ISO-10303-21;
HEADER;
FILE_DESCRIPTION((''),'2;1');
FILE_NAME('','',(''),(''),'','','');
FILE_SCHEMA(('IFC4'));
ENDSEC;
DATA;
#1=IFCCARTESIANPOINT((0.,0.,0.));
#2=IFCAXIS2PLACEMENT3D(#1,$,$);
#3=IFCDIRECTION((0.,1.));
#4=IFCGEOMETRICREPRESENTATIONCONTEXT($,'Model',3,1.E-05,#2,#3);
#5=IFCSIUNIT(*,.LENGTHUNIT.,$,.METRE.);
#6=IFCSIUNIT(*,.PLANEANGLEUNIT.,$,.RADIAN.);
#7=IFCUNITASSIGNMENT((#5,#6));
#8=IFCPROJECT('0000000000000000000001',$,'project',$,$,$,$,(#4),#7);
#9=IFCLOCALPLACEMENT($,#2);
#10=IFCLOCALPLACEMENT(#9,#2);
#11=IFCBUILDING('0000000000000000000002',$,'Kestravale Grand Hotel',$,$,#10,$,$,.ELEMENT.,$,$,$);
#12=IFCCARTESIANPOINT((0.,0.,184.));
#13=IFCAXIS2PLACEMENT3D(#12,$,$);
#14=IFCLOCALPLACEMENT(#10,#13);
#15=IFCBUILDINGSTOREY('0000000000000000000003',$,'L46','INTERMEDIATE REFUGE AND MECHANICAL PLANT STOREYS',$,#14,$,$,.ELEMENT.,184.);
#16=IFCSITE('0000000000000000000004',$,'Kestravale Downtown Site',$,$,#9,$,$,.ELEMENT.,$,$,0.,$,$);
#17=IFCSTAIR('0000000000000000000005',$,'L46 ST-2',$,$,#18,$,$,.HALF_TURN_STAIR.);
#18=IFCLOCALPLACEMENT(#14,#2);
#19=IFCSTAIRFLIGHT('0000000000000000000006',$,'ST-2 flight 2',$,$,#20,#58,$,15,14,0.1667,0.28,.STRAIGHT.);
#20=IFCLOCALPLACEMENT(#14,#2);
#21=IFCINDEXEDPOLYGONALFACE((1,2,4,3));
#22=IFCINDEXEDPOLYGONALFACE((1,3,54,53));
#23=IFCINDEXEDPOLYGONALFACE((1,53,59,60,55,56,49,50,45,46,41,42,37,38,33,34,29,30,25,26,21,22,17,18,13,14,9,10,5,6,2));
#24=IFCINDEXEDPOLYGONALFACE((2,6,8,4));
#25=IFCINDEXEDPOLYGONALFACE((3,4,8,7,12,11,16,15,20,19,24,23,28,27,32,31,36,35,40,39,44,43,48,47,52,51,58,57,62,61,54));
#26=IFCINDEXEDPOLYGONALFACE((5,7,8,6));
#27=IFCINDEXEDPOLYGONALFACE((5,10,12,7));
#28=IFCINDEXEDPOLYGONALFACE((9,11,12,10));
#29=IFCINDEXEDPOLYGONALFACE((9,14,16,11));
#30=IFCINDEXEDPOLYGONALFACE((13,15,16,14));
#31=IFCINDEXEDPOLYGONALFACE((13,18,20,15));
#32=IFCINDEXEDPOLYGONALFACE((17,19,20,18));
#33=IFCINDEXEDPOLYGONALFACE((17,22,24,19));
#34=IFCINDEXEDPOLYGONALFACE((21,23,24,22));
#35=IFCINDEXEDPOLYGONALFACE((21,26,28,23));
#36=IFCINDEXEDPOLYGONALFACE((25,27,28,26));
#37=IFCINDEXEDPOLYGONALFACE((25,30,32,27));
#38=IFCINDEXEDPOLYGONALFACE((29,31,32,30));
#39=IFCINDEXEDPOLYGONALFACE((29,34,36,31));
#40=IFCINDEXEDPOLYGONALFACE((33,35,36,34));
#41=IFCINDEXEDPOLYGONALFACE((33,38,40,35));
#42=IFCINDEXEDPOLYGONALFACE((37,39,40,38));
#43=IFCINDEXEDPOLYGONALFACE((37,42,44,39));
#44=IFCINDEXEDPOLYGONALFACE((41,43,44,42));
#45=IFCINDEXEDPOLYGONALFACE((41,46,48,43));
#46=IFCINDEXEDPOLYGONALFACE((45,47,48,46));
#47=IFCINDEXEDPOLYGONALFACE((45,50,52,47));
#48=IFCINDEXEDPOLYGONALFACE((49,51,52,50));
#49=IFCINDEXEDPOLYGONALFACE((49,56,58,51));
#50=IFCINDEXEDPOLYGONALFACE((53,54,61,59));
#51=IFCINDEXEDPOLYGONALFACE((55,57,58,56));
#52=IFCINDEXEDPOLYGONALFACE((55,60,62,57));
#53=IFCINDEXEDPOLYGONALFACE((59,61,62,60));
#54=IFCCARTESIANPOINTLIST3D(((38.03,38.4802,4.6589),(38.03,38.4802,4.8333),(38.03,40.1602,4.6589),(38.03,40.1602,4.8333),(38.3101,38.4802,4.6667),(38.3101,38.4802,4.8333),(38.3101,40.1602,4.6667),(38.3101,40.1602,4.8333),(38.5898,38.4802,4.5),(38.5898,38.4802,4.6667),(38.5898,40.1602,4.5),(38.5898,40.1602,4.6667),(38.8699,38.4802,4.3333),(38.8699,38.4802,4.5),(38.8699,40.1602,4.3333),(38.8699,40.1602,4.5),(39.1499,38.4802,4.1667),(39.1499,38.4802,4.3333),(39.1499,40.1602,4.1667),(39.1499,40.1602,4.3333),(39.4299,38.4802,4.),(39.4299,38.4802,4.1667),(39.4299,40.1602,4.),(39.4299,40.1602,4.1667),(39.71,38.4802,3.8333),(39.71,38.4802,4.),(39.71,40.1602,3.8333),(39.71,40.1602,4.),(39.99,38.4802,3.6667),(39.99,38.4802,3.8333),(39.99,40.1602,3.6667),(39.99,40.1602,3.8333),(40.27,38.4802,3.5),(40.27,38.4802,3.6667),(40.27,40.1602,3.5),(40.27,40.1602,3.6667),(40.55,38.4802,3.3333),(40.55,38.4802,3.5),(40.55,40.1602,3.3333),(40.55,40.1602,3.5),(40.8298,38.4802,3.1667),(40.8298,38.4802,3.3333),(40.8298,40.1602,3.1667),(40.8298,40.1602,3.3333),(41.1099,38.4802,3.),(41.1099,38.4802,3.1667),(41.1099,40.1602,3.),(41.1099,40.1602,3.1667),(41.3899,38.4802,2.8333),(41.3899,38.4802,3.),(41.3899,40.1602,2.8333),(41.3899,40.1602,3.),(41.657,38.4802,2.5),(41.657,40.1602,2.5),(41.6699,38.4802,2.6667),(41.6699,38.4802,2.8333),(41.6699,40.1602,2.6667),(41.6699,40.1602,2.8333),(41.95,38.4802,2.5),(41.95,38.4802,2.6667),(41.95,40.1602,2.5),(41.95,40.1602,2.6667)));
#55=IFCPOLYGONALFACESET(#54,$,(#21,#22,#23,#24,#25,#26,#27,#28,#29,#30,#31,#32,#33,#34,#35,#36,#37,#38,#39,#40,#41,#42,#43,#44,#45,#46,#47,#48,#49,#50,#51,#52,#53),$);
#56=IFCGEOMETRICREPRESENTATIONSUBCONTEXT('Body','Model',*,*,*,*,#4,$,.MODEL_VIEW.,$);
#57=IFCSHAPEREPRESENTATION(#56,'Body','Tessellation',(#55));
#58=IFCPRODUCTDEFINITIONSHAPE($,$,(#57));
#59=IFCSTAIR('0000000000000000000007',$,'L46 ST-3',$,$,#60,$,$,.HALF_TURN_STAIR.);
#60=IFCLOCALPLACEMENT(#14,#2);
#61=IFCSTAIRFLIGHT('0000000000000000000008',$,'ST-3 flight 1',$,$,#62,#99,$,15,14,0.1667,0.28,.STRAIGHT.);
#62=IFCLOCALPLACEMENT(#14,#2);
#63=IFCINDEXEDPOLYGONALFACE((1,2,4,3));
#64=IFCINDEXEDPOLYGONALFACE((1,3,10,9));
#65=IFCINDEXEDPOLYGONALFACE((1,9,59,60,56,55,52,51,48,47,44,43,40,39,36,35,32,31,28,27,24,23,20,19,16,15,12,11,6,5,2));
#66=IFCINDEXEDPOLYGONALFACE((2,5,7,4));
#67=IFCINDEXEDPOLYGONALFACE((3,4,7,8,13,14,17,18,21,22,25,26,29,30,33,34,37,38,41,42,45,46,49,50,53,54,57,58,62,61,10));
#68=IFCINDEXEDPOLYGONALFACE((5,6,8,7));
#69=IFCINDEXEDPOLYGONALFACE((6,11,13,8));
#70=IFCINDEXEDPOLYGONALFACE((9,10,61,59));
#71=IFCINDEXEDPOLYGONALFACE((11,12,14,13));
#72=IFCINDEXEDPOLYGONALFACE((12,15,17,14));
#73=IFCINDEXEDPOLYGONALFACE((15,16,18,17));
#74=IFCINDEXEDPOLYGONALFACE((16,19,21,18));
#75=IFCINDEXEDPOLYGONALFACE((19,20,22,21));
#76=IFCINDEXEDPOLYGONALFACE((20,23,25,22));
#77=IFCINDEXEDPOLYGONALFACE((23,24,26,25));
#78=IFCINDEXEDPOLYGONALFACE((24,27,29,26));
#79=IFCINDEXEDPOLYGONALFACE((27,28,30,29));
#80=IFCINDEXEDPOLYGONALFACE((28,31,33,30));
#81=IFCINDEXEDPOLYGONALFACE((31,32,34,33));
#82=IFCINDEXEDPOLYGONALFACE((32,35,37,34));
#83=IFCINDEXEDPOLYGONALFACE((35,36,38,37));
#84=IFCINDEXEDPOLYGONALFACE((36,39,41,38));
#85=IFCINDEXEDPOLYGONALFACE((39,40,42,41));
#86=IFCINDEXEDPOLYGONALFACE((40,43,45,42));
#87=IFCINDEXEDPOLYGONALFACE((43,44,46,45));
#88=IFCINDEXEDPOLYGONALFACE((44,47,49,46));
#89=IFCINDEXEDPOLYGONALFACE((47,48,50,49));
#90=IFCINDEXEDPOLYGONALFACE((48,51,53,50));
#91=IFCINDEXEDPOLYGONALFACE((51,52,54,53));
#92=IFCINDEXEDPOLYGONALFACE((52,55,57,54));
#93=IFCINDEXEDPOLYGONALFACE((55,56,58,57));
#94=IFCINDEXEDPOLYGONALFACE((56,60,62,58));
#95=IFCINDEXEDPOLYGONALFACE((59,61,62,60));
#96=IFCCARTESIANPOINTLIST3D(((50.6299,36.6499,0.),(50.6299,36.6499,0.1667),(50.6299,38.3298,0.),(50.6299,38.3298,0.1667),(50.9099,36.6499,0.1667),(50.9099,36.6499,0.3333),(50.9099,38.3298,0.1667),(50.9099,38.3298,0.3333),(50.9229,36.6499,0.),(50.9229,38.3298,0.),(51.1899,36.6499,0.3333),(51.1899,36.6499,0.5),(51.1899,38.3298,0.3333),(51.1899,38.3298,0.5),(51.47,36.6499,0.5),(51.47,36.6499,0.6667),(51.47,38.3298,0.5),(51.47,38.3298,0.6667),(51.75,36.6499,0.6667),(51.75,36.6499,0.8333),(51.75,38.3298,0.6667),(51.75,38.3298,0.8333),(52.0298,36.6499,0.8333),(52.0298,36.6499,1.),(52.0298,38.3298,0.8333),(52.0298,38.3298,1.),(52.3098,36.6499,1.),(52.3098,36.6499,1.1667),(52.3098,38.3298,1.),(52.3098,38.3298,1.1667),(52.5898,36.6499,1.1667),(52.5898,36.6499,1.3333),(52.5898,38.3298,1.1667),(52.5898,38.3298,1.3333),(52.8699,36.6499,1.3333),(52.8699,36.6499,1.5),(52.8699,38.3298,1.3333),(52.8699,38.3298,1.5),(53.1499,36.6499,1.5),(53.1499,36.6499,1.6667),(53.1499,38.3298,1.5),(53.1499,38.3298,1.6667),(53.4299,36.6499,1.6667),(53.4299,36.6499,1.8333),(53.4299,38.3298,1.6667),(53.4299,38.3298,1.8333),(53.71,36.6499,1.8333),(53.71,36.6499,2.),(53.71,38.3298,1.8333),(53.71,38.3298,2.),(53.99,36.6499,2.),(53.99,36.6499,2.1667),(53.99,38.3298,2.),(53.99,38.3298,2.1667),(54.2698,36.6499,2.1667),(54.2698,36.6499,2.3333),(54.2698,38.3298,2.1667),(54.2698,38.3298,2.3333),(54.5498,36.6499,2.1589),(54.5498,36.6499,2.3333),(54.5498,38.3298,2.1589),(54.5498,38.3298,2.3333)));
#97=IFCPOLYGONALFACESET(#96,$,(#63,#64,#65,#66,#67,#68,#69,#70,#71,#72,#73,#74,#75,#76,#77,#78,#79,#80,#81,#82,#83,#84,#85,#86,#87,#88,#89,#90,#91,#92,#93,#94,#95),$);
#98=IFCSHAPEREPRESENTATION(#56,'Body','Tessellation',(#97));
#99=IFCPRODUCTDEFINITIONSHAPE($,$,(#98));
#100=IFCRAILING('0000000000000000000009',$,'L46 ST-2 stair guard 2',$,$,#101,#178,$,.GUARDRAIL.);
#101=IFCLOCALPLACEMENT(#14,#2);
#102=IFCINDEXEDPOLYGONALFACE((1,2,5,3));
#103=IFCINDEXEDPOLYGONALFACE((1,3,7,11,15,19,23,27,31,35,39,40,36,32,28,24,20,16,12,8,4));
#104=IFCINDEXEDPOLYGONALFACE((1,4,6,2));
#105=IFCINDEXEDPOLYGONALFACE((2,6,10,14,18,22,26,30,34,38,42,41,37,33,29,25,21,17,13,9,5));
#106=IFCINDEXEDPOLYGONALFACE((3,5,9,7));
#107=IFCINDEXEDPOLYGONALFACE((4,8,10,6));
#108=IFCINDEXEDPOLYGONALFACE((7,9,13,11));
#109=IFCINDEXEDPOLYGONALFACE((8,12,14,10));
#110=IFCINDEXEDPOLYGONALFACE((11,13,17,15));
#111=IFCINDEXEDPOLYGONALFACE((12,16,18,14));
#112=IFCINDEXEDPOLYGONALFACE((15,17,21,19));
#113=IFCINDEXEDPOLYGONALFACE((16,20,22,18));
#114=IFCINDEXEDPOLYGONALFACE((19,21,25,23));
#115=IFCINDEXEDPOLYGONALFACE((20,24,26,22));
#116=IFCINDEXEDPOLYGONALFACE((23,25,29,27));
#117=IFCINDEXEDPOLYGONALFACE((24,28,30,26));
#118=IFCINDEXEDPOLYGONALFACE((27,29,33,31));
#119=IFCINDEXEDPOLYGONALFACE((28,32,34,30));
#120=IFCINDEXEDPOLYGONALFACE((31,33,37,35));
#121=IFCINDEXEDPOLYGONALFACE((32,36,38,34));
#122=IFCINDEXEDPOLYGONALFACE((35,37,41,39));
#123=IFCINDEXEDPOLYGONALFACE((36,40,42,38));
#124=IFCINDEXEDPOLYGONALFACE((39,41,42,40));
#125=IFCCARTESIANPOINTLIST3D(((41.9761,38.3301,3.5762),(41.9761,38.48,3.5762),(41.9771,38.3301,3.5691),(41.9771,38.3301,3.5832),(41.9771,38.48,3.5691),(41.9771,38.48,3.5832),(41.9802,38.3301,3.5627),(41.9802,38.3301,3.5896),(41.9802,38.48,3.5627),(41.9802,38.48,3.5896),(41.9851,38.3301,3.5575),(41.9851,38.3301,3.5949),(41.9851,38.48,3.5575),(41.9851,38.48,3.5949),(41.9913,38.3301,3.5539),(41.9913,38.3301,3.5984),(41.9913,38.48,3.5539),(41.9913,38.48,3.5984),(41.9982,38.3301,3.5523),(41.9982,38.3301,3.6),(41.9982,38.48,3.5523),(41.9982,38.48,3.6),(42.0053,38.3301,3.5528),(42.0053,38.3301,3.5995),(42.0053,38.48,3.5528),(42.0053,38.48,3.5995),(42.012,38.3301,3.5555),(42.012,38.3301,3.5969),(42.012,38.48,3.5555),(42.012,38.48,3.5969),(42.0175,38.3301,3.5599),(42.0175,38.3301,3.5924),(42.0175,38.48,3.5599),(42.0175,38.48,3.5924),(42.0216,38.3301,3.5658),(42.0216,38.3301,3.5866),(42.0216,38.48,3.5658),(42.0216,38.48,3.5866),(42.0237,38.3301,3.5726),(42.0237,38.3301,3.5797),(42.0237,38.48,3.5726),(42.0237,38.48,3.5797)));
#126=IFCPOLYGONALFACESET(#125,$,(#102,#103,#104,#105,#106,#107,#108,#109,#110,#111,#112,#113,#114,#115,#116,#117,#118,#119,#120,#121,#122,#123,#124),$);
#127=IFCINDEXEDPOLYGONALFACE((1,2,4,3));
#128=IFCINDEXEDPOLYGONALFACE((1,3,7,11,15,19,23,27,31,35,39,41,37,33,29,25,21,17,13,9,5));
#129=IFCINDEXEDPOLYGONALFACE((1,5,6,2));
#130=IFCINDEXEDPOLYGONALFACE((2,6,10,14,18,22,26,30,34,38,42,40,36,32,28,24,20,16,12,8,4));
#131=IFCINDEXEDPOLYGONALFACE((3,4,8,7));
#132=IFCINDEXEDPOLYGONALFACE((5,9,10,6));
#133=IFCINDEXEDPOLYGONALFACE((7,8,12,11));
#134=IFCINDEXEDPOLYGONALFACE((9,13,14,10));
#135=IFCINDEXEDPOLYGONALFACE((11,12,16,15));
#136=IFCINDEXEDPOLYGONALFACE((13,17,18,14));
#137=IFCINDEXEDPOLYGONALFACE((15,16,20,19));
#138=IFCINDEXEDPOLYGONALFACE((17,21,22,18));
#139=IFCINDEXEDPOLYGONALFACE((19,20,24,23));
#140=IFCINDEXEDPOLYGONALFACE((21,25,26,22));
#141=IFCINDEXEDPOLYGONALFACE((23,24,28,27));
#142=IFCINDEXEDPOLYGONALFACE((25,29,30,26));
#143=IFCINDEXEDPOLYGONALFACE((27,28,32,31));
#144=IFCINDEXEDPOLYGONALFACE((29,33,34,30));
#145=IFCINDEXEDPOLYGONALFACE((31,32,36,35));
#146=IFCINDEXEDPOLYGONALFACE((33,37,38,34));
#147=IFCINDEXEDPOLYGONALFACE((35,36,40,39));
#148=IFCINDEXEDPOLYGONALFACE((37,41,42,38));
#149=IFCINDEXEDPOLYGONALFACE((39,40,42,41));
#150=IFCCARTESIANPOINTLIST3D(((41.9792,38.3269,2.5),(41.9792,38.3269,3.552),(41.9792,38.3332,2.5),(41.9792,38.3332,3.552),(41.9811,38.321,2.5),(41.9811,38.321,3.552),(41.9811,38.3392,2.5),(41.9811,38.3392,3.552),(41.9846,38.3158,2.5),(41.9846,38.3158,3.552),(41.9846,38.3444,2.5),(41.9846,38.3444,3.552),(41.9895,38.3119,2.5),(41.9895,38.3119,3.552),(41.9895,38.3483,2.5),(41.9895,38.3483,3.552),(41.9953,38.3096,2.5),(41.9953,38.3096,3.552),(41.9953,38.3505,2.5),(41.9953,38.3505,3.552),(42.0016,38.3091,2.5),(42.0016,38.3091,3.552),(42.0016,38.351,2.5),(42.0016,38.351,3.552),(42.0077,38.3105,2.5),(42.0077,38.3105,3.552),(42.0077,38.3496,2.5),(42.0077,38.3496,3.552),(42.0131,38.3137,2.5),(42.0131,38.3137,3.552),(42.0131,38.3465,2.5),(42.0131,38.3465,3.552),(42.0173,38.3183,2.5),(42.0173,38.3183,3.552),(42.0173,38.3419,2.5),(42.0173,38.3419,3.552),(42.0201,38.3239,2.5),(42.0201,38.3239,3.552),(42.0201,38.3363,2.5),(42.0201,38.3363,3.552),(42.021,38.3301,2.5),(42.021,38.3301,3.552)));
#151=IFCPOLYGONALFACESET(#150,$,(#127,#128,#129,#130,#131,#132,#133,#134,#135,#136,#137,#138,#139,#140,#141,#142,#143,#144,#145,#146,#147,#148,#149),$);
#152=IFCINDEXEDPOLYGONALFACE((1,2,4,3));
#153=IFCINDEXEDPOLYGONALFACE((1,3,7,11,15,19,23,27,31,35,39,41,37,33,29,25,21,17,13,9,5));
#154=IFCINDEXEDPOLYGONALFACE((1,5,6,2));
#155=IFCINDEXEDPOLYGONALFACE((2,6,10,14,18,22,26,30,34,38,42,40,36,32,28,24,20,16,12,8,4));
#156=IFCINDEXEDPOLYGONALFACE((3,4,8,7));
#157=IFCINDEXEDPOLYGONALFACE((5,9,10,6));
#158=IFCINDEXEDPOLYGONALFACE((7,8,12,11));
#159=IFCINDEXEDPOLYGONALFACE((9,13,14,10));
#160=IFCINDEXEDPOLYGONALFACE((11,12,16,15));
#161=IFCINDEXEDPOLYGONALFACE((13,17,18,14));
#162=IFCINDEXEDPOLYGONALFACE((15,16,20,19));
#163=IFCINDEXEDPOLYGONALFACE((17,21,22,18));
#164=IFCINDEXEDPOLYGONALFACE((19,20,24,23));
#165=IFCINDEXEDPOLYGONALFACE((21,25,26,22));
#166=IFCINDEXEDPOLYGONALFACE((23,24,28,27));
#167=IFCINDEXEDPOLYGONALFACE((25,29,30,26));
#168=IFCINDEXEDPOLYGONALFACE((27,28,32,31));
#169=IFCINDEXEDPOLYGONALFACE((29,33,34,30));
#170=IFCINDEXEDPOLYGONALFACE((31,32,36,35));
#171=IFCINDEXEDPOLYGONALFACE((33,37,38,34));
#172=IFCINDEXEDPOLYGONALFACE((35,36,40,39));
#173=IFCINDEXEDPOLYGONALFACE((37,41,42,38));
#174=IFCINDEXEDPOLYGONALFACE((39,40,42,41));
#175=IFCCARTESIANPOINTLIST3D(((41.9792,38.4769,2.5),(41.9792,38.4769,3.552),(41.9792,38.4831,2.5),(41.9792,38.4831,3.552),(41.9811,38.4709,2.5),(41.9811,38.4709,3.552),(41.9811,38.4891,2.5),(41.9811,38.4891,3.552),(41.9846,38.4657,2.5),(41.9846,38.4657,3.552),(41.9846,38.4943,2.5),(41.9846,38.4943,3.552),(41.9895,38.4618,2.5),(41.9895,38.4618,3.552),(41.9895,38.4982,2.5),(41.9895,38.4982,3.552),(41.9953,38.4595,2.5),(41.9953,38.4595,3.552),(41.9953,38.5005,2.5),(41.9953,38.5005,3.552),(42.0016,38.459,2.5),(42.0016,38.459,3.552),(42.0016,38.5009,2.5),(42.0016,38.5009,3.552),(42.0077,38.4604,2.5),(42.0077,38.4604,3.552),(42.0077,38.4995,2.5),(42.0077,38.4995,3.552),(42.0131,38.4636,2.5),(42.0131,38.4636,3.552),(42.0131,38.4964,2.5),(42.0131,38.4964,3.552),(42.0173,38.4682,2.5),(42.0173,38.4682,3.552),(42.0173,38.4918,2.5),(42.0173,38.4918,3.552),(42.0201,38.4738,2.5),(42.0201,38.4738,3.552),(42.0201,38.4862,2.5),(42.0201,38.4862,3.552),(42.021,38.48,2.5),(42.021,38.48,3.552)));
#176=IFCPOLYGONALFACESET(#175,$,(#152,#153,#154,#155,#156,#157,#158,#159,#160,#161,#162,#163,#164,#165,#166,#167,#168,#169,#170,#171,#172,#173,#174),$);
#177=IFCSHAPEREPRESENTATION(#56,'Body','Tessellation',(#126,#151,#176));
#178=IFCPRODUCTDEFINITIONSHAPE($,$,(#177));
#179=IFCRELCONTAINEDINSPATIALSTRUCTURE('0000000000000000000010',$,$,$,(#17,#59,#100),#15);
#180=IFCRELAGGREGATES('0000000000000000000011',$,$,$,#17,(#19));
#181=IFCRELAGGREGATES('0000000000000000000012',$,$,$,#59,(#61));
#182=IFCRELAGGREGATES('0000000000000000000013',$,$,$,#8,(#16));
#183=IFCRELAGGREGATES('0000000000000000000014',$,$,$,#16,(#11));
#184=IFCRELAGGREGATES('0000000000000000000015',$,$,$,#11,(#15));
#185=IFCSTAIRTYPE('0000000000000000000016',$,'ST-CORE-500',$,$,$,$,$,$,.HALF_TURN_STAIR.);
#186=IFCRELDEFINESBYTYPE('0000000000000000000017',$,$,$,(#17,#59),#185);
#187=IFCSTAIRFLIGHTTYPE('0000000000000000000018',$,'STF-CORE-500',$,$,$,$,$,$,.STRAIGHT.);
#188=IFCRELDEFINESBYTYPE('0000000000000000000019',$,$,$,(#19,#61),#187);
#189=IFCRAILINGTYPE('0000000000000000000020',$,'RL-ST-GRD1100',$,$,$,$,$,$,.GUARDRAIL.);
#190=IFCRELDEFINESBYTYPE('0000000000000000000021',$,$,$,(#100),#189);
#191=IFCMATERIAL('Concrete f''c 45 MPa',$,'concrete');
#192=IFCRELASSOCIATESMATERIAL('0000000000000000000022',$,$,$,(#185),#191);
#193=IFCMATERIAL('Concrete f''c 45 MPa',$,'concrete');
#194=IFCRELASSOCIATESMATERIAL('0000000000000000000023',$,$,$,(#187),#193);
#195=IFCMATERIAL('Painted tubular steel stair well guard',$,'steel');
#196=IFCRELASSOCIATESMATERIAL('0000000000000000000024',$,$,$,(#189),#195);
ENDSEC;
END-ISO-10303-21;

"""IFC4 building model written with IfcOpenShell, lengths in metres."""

from ifc_helpers import new_model, si_unit, direction, frame, origin, origin_2d, place, context, subcontext, project, spatial, polyline, circle, outline, extrude, material, type_object, element, aggregate, save


model = new_model("IFC4")

# Units and contexts
model_context = context("Model", 3, precision=1e-05, world=origin(), true_north=direction((0.0, 1.0)))
body_context = subcontext(model_context, "Body", "Model", "MODEL_VIEW")
ifc_project = project(units=[si_unit("LENGTHUNIT", "METRE"), si_unit("PLANEANGLEUNIT", "RADIAN")], contexts=[model_context])

# Site, building, storey
site_placement = place(None, origin())
site = spatial("IfcSite", under=ifc_project, at=site_placement, Name="Kestravale Downtown Site", CompositionType="ELEMENT", RefElevation=0.0)
building_placement = place(site_placement, origin())
building = spatial("IfcBuilding", under=site, at=building_placement, Name="Kestravale Grand Hotel", CompositionType="ELEMENT")
storey_placement = place(building_placement, frame((0.0, 0.0, 184.0)))
storey = spatial("IfcBuildingStorey", under=building, at=storey_placement, Name="L46", Description="INTERMEDIATE REFUGE AND MECHANICAL PLANT STOREYS", CompositionType="ELEMENT", Elevation=184.0)

# Stairs, stair flights
ifc_material_1 = material(Name="Concrete f'c 45 MPa", Category="concrete")
stair_type = type_object("IfcStairType", Name="ST-CORE-500", PredefinedType="HALF_TURN_STAIR", material=ifc_material_1)
stair_1_placement = place(storey_placement, origin())
stair_1 = element("IfcStair", 1, at=stair_1_placement, inside=storey, type_object=stair_type, Name="L46 ST-2", PredefinedType="HALF_TURN_STAIR")
ifc_material_2 = material(Name="Concrete f'c 45 MPa", Category="concrete")
stair_flight_type = type_object("IfcStairFlightType", Name="STF-CORE-500", PredefinedType="STRAIGHT", material=ifc_material_2)
stair_flight_1_placement = place(storey_placement, frame((41.95, 39.3201, 2.5), z_axis=(0.0, 0.0, 1.0), x_axis=(-1.0, 0.0, 0.0)))
stair_flight_1 = element("IfcStairFlight", 2, at=stair_flight_1_placement, type_object=stair_flight_type, Name="ST-2 flight 2", NumberOfRisers=15, NumberOfTreads=14, PredefinedType="STRAIGHT", RiserHeight=0.1667, TreadLength=0.28, context=body_context, shape_type="SweptSolid", body=[
    extrude(outline(polyline([(0.0, 0.0), (0.0, 0.1667), (0.28, 0.1667), (0.28, 0.3333), (0.5601, 0.3333), (0.5601, 0.5), (0.8401, 0.5), (0.8401, 0.6667), (1.1201, 0.6667), (1.1201, 0.8333), (1.3999, 0.8333), (1.3999, 1.0), (1.6799, 1.0), (1.6799, 1.1667), (1.96, 1.1667), (1.96, 1.3333), (2.24, 1.3333), (2.24, 1.5), (2.52, 1.5), (2.52, 1.6667), (2.8, 1.6667), (2.8, 1.8333), (3.0801, 1.8333), (3.0801, 2.0), (3.3601, 2.0), (3.3601, 2.1667), (3.6399, 2.1667), (3.6399, 2.3333), (3.9199, 2.3333), (3.9199, 2.5), (3.9199, 2.1589), (0.293, 0.0), (0.0, 0.0)])), frame((0.0, 0.8398, 0.0), z_axis=(0.0, -1.0, 0.0), x_axis=(1.0, 0.0, 0.0)), (0.0, 0.0, 1.0), 1.6799),
])
aggregate(stair_1, [stair_flight_1])
stair_2_placement = place(storey_placement, origin())
stair_2 = element("IfcStair", 3, at=stair_2_placement, inside=storey, type_object=stair_type, Name="L46 ST-3", PredefinedType="HALF_TURN_STAIR")
stair_flight_2_placement = place(storey_placement, frame((50.6299, 37.49, 0.0), z_axis=(0.0, 0.0, 1.0), x_axis=(1.0, 0.0, 0.0)))
stair_flight_2 = element("IfcStairFlight", 4, at=stair_flight_2_placement, type_object=stair_flight_type, Name="ST-3 flight 1", NumberOfRisers=15, NumberOfTreads=14, PredefinedType="STRAIGHT", RiserHeight=0.1667, TreadLength=0.28, context=body_context, shape_type="SweptSolid", body=[
    extrude(outline(polyline([(0.0, 0.0), (0.0, 0.1667), (0.28, 0.1667), (0.28, 0.3333), (0.5601, 0.3333), (0.5601, 0.5), (0.8401, 0.5), (0.8401, 0.6667), (1.1201, 0.6667), (1.1201, 0.8333), (1.3999, 0.8333), (1.3999, 1.0), (1.6799, 1.0), (1.6799, 1.1667), (1.96, 1.1667), (1.96, 1.3333), (2.24, 1.3333), (2.24, 1.5), (2.52, 1.5), (2.52, 1.6667), (2.8, 1.6667), (2.8, 1.8333), (3.0801, 1.8333), (3.0801, 2.0), (3.3601, 2.0), (3.3601, 2.1667), (3.6399, 2.1667), (3.6399, 2.3333), (3.9199, 2.3333), (3.9199, 2.5), (3.9199, 2.1589), (0.293, 0.0), (0.0, 0.0)])), frame((0.0, 0.8398, 0.0), z_axis=(0.0, -1.0, 0.0), x_axis=(1.0, 0.0, 0.0)), (0.0, 0.0, 1.0), 1.6799),
])
aggregate(stair_2, [stair_flight_2])

# Railing
ifc_material_3 = material(Name="Painted tubular steel stair well guard", Category="steel")
railing_type_1 = type_object("IfcRailingType", Name="RL-ST-GRD1100", PredefinedType="GUARDRAIL", material=ifc_material_3)
railing_1_placement = place(storey_placement, frame((42.0, 38.3301, 2.5)))
element("IfcRailing", 5, at=railing_1_placement, inside=storey, type_object=railing_type_1, Name="L46 ST-2 stair guard 2", PredefinedType="GUARDRAIL", context=body_context, shape_type="SweptSolid", body=[
    extrude(circle(Radius=0.0239, at=origin_2d()), frame((0.0, 0.0, 1.0762), z_axis=(0.0, 1.0, 0.0), x_axis=(-1.0, 0.0, 0.0)), (0.0, 0.0, 1.0), 0.1499),
    extrude(circle(Radius=0.021, at=origin_2d()), origin(), (0.0, 0.0, 1.0), 1.052),
    extrude(circle(Radius=0.021, at=origin_2d()), frame((0.0, 0.1499, 0.0)), (0.0, 0.0, 1.0), 1.052),
])

save(model, "model.ifc")
